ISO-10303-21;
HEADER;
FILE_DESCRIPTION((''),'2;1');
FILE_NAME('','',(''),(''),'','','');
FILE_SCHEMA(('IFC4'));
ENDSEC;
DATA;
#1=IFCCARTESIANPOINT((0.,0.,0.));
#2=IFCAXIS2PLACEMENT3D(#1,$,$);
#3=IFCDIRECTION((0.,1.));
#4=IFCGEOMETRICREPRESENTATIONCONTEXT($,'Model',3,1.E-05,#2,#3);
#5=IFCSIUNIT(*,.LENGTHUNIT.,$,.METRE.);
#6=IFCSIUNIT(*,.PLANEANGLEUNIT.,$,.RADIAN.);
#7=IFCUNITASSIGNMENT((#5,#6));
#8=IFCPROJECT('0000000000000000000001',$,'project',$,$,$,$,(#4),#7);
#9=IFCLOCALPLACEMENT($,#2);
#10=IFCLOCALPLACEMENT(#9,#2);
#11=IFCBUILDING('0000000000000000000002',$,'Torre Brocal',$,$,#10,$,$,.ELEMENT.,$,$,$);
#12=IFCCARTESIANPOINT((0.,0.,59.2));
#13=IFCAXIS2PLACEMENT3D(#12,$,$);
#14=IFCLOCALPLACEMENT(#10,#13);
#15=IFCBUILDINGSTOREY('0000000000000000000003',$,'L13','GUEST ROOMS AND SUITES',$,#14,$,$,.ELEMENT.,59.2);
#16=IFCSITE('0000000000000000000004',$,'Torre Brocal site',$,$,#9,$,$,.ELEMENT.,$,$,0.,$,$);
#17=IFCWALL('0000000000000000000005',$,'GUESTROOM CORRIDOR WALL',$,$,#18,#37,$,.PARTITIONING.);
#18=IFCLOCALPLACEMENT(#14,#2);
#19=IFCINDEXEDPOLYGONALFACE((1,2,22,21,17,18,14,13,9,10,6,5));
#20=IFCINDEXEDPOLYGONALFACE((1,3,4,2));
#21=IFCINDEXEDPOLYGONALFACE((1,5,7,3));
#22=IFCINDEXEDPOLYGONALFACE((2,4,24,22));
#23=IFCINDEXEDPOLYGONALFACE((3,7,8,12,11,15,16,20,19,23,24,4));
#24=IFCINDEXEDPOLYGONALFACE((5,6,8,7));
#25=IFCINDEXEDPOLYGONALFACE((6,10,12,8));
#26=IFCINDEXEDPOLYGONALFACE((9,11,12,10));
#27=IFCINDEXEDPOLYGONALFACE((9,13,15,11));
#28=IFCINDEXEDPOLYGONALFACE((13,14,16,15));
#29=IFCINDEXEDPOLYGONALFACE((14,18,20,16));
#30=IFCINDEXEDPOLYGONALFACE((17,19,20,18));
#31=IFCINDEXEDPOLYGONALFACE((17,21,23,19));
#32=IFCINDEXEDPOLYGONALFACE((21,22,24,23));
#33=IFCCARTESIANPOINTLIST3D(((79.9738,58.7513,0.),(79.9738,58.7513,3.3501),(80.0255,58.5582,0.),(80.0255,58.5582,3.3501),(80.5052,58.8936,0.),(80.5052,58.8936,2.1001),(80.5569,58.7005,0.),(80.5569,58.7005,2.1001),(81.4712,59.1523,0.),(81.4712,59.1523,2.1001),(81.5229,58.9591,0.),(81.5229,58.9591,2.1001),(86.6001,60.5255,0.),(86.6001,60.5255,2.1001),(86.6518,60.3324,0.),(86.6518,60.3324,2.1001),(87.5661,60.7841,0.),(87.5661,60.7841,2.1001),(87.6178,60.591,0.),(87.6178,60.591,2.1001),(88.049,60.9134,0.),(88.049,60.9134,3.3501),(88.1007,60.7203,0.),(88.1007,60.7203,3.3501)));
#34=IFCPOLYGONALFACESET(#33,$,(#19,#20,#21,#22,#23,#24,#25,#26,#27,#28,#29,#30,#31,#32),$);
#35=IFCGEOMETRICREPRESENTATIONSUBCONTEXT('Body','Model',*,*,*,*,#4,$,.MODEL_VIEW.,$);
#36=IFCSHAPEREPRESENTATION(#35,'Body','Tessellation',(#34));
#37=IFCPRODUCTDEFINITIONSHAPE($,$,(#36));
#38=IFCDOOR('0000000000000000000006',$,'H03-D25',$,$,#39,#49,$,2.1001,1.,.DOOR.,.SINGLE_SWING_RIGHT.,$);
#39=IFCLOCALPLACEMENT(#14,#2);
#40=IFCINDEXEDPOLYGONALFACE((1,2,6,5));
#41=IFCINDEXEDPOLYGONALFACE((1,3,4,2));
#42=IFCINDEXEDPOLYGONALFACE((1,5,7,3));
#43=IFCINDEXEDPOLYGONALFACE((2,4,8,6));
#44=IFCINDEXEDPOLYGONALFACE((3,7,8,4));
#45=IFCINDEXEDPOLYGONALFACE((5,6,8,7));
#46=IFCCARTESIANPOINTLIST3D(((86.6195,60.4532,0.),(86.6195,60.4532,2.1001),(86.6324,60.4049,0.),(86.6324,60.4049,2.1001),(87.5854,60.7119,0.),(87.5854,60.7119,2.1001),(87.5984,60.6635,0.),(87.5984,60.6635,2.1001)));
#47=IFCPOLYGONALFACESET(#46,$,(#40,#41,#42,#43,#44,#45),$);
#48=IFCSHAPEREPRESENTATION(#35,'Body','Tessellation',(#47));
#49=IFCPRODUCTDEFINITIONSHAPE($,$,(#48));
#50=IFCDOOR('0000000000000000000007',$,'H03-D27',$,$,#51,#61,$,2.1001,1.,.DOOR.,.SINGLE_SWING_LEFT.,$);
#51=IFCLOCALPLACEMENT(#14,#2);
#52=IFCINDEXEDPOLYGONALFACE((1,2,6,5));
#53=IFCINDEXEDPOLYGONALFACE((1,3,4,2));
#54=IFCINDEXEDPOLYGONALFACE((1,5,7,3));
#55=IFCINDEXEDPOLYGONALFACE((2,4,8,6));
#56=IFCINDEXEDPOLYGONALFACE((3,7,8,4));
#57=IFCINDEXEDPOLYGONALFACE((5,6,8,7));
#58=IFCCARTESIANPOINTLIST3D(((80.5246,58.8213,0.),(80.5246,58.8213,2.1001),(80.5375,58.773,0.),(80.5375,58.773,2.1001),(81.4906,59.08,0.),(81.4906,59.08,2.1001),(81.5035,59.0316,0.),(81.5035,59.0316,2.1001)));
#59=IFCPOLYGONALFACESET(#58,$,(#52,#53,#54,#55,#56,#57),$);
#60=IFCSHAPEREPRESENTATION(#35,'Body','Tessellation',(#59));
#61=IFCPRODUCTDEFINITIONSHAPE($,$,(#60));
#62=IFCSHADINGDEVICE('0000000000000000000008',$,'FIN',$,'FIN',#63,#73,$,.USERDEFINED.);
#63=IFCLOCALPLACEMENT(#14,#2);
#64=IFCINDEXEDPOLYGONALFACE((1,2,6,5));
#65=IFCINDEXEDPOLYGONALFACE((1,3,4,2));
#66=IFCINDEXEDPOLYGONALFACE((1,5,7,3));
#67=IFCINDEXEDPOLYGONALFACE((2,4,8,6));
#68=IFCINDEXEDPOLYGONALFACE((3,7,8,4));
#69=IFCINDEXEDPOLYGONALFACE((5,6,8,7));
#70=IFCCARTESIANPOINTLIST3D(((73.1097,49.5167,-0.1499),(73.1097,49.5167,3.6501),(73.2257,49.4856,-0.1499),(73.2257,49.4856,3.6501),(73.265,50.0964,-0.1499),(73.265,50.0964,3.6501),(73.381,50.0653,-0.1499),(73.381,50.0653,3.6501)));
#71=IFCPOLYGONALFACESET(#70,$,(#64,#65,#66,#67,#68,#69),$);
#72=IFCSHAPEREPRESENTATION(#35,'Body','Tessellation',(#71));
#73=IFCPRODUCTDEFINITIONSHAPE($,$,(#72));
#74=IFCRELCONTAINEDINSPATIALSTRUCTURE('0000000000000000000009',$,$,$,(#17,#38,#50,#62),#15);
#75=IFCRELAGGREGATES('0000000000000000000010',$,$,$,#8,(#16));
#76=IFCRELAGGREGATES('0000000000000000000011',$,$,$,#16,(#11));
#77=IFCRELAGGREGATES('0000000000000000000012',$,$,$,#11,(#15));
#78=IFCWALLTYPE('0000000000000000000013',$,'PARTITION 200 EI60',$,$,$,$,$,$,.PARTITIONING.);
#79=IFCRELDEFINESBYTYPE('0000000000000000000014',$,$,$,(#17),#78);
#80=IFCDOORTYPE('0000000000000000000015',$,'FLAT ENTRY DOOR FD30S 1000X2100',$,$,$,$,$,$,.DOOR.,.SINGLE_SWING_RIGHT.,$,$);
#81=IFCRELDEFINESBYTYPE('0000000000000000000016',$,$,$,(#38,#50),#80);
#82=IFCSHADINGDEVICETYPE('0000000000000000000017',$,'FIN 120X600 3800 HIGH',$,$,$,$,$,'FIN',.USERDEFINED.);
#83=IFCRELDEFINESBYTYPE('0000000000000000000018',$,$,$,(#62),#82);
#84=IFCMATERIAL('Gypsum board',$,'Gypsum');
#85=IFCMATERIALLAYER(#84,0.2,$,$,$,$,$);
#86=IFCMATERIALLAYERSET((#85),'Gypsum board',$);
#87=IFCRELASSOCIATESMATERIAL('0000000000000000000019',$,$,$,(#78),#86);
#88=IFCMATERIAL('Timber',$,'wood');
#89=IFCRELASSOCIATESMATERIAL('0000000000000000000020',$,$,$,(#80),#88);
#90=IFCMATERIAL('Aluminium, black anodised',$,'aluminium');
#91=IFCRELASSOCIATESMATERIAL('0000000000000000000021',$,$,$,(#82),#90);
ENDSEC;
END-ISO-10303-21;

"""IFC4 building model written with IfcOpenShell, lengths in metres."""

from ifc_helpers import new_model, si_unit, direction, frame, frame_2d, origin, origin_2d, place, context, subcontext, project, spatial, rectangle, extrude, material, layer, layer_set, material_profile, profile_set, type_object, element, fill, save


model = new_model("IFC4")

# Units and contexts
model_context = context("Model", 3, precision=1e-05, world=origin(), true_north=direction((0.0, 1.0)))
body_context = subcontext(model_context, "Body", "Model", "MODEL_VIEW")
ifc_project = project(units=[si_unit("LENGTHUNIT", "METRE"), si_unit("PLANEANGLEUNIT", "RADIAN")], contexts=[model_context])

# Site, building, storey
site_placement = place(None, origin())
site = spatial("IfcSite", under=ifc_project, at=site_placement, Name="Torre Brocal site", CompositionType="ELEMENT", RefElevation=0.0)
building_placement = place(site_placement, origin())
building = spatial("IfcBuilding", under=site, at=building_placement, Name="Torre Brocal", CompositionType="ELEMENT")
storey_placement = place(building_placement, frame((0.0, 0.0, 59.2)))
storey = spatial("IfcBuildingStorey", under=building, at=storey_placement, Name="L13", Description="GUEST ROOMS AND SUITES", CompositionType="ELEMENT", Elevation=59.2)

# Shared definitions
ifc_material_1 = material(Name="Gypsum board", Category="Gypsum")
ifc_layer_1 = layer(ifc_material_1, 0.2)
ifc_layer_set_1 = layer_set([ifc_layer_1], Name="Gypsum board")
wall_type_1 = type_object("IfcWallType", Name="PARTITION 200 EI60", PredefinedType="PARTITIONING", material=ifc_layer_set_1)

# Wall, openings, doors
wall_1_placement = place(storey_placement, frame((79.9998, 58.6548, 0.0), z_axis=(0.0, 0.0, 1.0), x_axis=(0.965975, 0.258637, 0.0)))
wall_1 = element("IfcWall", 1, at=wall_1_placement, inside=storey, type_object=wall_type_1, Name="GUESTROOM CORRIDOR WALL", PredefinedType="PARTITIONING", context=body_context, shape_type="SweptSolid", body=[
    extrude(rectangle(XDim=8.3596, YDim=0.2, at=frame_2d((4.1797, 0.0))), origin(), (0.0, 0.0, 1.0), 3.3501),
])
opening_1_placement = place(wall_1_placement, frame((6.8596, 0.0, 0.0)))
opening_1 = element("IfcOpeningElement", 2, at=opening_1_placement, cuts=wall_1, PredefinedType="OPENING", context=body_context, shape_type="SweptSolid", body=[
    extrude(rectangle(XDim=1.0, YDim=2.1001, at=frame_2d((0.5, 1.05))), frame((0.0, 0.1099, 0.0), z_axis=(0.0, -1.0, 0.0), x_axis=(1.0, 0.0, 0.0)), (0.0, 0.0, 1.0), 0.22),
])
opening_2_placement = place(wall_1_placement, frame((0.55, 0.0, 0.0)))
opening_2 = element("IfcOpeningElement", 3, at=opening_2_placement, cuts=wall_1, PredefinedType="OPENING", context=body_context, shape_type="SweptSolid", body=[
    extrude(rectangle(XDim=1.0, YDim=2.1001, at=frame_2d((0.5, 1.05))), frame((0.0, 0.1099, 0.0), z_axis=(0.0, -1.0, 0.0), x_axis=(1.0, 0.0, 0.0)), (0.0, 0.0, 1.0), 0.22),
])
ifc_material_2 = material(Name="Timber", Category="wood")
door_type_1 = type_object("IfcDoorType", Name="FLAT ENTRY DOOR FD30S 1000X2100", OperationType="SINGLE_SWING_RIGHT", PredefinedType="DOOR", material=ifc_material_2)
door_1_placement = place(opening_1_placement, frame((1.0, 0.0, 0.0), z_axis=(0.0, 0.0, 1.0), x_axis=(-1.0, 0.0, 0.0)))
door_1 = element("IfcDoor", 4, at=door_1_placement, inside=storey, type_object=door_type_1, Name="H03-D25", OperationType="SINGLE_SWING_RIGHT", OverallHeight=2.1001, OverallWidth=1.0, PredefinedType="DOOR", context=body_context, shape_type="SweptSolid", body=[
    extrude(rectangle(XDim=1.0, YDim=2.1001, at=frame_2d((0.5, 1.05))), frame((0.0, 0.0249, 0.0), z_axis=(0.0, -1.0, 0.0), x_axis=(1.0, 0.0, 0.0)), (0.0, 0.0, 1.0), 0.05),
])
fill(opening_1, door_1)
door_2_placement = place(opening_2_placement, frame((1.0, 0.0, 0.0), z_axis=(0.0, 0.0, 1.0), x_axis=(-1.0, 0.0, 0.0)))
door_2 = element("IfcDoor", 5, at=door_2_placement, inside=storey, type_object=door_type_1, Name="H03-D27", OperationType="SINGLE_SWING_LEFT", OverallHeight=2.1001, OverallWidth=1.0, PredefinedType="DOOR", context=body_context, shape_type="SweptSolid", body=[
    extrude(rectangle(XDim=1.0, YDim=2.1001, at=frame_2d((0.5, 1.05))), frame((0.0, 0.0249, 0.0), z_axis=(0.0, -1.0, 0.0), x_axis=(1.0, 0.0, 0.0)), (0.0, 0.0, 1.0), 0.05),
])
fill(opening_2, door_2)

# Shading device
ifc_material_3 = material(Name="Aluminium, black anodised", Category="aluminium")
ifc_material_profile_1 = material_profile(ifc_material_3, rectangle(XDim=0.1201, YDim=0.6001, at=origin_2d()), Name="FIN 120X600 3800 HIGH")
ifc_profile_set_1 = profile_set([ifc_material_profile_1], Name="Aluminium, black anodised")
shading_device_type = type_object("IfcShadingDeviceType", Name="FIN 120X600 3800 HIGH", ElementType="FIN", PredefinedType="USERDEFINED", material=ifc_profile_set_1)
shading_device_placement = place(storey_placement, frame((73.2454, 49.791, -0.1499), z_axis=(0.0, 0.0, 1.0), x_axis=(0.965926, -0.258819, 0.0)))
element("IfcShadingDevice", 6, at=shading_device_placement, inside=storey, type_object=shading_device_type, Name="FIN", ObjectType="FIN", PredefinedType="USERDEFINED", context=body_context, shape_type="SweptSolid", body=[
    extrude(rectangle(XDim=0.1201, YDim=0.6001, at=origin_2d()), origin(), (0.0, 0.0, 1.0), 3.8),
])

save(model, "model.ifc")
